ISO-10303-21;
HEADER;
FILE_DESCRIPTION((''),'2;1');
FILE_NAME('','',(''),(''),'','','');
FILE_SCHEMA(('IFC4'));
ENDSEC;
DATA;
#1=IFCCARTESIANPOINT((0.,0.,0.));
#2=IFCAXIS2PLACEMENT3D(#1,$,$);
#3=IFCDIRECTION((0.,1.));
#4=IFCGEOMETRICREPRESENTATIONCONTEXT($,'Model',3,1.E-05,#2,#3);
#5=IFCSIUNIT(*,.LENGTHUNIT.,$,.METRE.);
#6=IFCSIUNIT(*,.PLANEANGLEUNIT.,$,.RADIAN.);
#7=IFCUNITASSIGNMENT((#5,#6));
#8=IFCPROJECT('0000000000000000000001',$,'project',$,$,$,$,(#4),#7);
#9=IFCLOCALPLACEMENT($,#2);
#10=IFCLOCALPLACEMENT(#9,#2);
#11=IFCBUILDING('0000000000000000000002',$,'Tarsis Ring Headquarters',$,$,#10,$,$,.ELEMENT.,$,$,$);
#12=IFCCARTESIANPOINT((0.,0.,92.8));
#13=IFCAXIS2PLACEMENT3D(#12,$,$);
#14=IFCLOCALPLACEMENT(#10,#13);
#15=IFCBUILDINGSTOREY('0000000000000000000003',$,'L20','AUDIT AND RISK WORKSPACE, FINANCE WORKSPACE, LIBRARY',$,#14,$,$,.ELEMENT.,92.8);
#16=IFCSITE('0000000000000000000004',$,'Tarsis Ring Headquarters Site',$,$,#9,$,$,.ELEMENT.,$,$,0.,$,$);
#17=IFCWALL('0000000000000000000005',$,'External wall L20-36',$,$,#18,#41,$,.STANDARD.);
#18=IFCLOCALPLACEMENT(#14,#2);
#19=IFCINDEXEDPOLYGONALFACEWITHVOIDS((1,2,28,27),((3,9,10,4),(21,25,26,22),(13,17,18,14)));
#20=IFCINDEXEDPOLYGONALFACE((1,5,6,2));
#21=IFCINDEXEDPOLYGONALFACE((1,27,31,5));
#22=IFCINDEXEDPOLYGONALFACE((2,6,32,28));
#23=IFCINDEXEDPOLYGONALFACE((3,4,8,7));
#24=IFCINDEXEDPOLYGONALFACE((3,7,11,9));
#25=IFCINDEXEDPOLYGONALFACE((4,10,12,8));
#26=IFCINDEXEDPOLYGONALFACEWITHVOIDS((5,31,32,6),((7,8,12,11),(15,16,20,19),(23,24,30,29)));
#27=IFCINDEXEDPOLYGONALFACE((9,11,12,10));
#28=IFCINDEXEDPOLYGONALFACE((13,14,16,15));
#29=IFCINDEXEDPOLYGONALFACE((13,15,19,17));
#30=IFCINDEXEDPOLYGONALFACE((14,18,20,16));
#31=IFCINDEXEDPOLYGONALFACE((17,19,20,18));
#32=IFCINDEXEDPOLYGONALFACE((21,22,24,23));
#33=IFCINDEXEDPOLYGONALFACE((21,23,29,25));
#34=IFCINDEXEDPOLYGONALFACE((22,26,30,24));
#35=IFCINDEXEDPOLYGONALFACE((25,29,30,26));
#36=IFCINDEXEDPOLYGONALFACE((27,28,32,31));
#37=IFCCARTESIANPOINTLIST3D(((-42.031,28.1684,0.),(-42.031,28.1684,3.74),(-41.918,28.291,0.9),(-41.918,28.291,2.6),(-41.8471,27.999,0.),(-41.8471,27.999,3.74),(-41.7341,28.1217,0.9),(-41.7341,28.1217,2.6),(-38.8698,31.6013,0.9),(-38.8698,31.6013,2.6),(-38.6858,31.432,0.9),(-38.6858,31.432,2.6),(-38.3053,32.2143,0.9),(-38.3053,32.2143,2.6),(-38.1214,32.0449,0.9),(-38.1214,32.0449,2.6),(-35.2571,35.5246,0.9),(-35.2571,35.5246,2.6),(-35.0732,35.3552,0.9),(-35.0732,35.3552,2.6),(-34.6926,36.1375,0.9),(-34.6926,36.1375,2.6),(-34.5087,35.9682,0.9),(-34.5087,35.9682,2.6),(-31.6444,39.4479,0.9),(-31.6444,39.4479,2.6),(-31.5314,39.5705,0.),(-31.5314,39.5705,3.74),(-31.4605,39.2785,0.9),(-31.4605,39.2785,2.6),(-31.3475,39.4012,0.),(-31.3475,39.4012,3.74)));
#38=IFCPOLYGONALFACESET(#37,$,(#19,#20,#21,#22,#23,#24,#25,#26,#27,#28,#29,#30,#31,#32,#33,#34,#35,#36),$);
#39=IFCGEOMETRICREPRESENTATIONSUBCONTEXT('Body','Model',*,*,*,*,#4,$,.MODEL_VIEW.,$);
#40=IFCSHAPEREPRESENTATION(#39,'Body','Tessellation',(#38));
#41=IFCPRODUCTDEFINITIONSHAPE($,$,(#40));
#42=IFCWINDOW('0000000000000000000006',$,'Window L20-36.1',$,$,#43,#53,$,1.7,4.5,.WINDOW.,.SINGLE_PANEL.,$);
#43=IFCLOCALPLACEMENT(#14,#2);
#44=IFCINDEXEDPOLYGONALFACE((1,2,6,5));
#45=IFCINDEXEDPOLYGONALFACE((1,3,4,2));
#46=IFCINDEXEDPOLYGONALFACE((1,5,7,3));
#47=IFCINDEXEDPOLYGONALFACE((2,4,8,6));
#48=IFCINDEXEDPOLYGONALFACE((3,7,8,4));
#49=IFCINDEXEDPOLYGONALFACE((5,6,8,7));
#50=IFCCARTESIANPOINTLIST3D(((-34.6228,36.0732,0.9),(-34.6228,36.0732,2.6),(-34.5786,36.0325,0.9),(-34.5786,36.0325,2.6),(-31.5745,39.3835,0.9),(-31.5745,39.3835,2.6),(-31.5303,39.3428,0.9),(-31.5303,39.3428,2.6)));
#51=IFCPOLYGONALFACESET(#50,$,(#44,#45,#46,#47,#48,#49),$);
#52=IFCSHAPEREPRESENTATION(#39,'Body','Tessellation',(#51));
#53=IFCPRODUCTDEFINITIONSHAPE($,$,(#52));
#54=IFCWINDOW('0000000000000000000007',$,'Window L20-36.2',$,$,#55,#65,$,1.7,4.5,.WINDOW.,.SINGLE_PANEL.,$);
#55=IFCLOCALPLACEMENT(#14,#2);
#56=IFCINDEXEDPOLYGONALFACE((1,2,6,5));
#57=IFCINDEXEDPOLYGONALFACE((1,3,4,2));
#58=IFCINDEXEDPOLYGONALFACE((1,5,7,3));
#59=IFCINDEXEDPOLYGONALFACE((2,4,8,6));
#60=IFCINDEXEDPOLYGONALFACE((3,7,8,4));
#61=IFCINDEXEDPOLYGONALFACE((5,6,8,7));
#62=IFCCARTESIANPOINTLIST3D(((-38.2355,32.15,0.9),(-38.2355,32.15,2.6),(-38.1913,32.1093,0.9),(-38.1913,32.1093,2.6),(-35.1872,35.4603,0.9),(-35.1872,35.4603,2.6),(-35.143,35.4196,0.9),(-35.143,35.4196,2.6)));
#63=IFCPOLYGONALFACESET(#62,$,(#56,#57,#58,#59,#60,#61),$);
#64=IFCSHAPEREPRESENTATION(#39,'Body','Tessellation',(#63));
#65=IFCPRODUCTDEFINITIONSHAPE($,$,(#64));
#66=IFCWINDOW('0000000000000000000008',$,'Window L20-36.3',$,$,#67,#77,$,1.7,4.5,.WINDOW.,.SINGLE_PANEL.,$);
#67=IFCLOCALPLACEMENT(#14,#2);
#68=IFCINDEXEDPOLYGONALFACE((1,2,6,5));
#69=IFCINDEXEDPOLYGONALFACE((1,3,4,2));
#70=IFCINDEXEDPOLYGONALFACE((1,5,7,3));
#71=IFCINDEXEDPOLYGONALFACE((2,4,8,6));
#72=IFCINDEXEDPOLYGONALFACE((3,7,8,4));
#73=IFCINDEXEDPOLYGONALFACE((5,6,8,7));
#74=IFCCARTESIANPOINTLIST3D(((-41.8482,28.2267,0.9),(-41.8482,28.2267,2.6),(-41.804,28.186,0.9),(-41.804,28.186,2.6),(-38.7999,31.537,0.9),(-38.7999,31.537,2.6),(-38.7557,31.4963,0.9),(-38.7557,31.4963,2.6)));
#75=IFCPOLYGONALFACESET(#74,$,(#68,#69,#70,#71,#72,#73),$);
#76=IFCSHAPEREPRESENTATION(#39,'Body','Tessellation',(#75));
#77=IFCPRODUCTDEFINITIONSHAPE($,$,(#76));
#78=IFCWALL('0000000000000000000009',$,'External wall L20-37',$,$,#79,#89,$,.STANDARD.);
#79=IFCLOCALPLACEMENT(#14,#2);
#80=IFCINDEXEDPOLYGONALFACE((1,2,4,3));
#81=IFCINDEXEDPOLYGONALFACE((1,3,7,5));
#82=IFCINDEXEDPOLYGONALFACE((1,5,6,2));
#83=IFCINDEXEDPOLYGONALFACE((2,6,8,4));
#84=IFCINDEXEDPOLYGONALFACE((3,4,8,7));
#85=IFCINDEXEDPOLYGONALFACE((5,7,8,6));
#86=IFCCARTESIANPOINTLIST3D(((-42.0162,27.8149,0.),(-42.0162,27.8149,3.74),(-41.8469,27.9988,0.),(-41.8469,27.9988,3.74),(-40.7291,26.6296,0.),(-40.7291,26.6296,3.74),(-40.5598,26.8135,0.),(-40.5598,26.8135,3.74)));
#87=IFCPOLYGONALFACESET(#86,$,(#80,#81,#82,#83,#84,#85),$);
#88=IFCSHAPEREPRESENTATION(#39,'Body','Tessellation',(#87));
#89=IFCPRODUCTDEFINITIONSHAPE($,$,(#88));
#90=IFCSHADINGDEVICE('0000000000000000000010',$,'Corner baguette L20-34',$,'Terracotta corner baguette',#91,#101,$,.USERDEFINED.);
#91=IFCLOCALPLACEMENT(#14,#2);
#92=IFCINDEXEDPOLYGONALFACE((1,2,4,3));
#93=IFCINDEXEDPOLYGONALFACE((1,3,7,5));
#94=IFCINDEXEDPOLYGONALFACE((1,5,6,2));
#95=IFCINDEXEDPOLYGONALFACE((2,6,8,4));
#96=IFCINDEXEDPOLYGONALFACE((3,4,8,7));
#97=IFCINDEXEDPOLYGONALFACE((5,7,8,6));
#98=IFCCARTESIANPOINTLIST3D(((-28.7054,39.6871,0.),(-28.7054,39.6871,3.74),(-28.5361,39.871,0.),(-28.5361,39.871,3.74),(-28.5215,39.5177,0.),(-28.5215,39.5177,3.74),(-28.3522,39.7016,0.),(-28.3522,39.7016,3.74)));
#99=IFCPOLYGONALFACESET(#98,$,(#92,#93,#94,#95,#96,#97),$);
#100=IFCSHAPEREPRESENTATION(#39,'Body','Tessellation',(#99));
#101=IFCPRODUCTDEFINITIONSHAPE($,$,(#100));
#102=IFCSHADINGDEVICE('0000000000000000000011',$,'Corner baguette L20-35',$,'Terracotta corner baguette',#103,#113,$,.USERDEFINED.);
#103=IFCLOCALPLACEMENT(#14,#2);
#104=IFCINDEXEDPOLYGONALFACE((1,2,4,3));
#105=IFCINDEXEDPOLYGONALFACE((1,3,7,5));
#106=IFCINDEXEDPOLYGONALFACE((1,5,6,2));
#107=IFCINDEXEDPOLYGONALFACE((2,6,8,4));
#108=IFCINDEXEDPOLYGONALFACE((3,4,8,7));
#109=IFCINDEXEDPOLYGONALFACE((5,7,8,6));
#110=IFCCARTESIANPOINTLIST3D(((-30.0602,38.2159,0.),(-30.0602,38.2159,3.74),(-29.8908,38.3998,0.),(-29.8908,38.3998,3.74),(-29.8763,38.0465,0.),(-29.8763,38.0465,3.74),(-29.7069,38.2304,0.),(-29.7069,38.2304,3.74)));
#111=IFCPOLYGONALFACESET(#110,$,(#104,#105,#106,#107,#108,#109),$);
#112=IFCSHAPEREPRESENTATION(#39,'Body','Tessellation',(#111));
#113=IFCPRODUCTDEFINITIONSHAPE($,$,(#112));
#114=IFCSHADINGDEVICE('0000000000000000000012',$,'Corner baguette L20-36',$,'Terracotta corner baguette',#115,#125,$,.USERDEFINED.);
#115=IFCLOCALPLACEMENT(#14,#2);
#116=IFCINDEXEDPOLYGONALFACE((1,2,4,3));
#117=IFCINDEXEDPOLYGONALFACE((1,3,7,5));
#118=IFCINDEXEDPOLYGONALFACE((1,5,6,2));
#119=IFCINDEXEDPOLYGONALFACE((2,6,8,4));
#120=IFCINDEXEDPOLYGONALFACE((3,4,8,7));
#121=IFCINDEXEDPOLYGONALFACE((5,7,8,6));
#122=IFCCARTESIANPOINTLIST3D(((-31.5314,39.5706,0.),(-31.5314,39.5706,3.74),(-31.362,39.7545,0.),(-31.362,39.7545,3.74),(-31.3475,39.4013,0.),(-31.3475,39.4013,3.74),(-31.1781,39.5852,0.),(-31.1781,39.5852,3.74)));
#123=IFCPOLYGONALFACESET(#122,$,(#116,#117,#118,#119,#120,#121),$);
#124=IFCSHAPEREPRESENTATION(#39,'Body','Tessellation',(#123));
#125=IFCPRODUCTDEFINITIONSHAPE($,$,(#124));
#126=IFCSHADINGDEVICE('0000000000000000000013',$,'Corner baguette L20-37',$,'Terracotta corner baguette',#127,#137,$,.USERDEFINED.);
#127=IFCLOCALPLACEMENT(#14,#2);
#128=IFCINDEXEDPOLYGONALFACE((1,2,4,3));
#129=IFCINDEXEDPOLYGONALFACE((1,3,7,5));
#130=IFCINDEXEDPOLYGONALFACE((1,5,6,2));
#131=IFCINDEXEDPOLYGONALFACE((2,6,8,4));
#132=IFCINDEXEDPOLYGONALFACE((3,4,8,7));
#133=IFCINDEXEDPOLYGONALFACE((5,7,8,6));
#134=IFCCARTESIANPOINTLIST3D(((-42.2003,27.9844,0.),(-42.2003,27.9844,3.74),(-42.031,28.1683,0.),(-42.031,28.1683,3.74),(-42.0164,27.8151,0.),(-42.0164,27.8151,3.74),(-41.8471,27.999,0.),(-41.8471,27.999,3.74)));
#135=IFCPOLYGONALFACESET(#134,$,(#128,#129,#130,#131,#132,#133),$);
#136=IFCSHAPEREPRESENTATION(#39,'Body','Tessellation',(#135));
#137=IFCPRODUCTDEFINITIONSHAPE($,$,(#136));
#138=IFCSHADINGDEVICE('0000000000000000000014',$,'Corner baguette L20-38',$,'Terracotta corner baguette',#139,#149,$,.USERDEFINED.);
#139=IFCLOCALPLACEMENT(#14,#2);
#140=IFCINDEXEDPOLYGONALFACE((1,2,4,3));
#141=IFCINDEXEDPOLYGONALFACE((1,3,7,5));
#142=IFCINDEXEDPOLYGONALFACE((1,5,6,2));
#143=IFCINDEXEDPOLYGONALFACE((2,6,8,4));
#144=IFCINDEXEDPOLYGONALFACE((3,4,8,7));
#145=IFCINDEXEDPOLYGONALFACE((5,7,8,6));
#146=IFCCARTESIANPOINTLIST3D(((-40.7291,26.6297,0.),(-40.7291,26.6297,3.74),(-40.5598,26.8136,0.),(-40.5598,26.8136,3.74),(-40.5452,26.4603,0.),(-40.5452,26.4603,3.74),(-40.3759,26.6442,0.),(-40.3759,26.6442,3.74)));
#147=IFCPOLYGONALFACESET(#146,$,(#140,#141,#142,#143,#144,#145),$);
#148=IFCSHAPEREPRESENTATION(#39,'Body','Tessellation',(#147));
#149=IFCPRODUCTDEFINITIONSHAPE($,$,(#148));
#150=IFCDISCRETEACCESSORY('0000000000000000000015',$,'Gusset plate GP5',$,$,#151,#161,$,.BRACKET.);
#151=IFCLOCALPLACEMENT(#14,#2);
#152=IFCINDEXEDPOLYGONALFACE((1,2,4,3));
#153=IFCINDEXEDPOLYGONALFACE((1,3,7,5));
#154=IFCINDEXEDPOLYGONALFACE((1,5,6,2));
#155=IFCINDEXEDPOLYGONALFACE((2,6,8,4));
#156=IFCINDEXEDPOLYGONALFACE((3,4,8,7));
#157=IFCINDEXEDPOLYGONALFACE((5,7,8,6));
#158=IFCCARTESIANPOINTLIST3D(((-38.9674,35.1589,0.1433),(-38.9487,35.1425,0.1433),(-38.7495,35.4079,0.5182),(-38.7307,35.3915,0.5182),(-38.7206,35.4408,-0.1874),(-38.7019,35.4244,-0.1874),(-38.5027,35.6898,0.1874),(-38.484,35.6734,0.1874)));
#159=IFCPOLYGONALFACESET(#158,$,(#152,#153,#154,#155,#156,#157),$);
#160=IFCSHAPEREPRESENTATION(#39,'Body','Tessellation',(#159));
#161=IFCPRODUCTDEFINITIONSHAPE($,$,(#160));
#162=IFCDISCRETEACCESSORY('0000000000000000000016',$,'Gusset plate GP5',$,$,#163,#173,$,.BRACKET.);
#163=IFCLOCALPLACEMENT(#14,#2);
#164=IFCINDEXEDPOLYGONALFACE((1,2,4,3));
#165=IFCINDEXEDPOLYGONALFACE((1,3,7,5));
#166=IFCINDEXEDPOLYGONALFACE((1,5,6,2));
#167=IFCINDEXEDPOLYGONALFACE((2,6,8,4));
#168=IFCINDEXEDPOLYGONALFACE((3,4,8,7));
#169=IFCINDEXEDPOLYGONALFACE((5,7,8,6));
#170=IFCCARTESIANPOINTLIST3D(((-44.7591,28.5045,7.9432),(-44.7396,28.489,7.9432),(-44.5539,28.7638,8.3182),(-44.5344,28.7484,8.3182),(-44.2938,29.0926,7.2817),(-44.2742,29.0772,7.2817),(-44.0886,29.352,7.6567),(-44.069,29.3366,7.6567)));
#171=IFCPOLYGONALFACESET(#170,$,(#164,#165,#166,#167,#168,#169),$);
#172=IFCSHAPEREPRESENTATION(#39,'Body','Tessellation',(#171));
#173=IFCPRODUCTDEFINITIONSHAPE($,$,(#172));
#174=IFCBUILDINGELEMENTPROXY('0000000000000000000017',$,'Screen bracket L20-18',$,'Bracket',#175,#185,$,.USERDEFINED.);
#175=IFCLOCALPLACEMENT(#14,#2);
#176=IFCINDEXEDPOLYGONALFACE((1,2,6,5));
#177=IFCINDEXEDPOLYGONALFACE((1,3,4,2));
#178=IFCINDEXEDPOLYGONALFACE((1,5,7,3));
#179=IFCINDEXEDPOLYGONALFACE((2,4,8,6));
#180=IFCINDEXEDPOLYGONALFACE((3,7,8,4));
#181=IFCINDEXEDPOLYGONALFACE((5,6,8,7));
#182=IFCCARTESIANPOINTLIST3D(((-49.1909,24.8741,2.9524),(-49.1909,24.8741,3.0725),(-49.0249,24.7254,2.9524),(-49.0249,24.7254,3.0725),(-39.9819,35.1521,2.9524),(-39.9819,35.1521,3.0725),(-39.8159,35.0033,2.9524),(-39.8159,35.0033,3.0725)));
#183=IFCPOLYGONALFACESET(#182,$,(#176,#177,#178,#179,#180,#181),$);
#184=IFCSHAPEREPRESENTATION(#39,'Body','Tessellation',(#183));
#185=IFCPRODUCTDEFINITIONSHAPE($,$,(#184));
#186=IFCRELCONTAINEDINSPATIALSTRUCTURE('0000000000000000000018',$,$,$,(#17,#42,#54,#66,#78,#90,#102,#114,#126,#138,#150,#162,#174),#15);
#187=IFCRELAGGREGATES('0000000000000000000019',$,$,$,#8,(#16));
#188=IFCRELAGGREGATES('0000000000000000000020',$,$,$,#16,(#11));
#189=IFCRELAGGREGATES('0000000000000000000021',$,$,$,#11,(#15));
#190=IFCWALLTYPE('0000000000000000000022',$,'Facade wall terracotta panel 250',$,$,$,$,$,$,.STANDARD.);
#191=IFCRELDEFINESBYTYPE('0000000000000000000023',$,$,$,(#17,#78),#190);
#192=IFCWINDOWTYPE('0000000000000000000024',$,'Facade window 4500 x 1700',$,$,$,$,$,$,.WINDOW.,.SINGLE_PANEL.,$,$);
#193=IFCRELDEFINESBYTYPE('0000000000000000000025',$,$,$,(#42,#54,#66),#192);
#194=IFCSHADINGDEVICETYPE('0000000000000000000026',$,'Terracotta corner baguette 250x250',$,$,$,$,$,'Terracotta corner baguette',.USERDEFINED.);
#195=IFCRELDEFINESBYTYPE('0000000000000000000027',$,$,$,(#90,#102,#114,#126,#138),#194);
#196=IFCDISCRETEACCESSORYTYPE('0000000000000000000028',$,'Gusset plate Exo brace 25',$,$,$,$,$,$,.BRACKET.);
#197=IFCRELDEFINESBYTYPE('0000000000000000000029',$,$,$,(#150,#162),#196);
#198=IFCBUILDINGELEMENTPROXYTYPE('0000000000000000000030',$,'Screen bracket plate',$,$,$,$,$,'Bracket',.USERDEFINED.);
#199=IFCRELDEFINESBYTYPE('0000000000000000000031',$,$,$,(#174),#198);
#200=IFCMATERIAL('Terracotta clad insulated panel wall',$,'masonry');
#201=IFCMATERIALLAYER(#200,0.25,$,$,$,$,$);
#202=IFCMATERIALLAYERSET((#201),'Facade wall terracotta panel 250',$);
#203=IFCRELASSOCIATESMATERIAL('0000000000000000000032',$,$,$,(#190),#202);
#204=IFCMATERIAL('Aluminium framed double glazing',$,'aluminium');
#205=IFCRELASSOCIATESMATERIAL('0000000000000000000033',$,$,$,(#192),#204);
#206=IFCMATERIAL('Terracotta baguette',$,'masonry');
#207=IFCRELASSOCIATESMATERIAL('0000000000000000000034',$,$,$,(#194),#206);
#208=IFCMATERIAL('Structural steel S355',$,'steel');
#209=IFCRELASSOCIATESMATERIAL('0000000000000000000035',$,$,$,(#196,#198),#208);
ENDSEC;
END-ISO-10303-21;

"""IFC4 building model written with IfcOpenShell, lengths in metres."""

from ifc_helpers import new_model, si_unit, direction, frame, frame_2d, origin, origin_2d, place, context, subcontext, project, spatial, rectangle, extrude, material, layer, layer_set, material_profile, profile_set, type_object, element, fill, save


model = new_model("IFC4")

# Units and contexts
model_context = context("Model", 3, precision=1e-05, world=origin(), true_north=direction((0.0, 1.0)))
body_context = subcontext(model_context, "Body", "Model", "MODEL_VIEW")
ifc_project = project(units=[si_unit("LENGTHUNIT", "METRE"), si_unit("PLANEANGLEUNIT", "RADIAN")], contexts=[model_context])

# Site, building, storey
site_placement = place(None, origin())
site = spatial("IfcSite", under=ifc_project, at=site_placement, Name="Tarsis Ring Headquarters Site", CompositionType="ELEMENT", RefElevation=0.0)
building_placement = place(site_placement, origin())
building = spatial("IfcBuilding", under=site, at=building_placement, Name="Tarsis Ring Headquarters", CompositionType="ELEMENT")
storey_placement = place(building_placement, frame((0.0, 0.0, 92.8)))
storey = spatial("IfcBuildingStorey", under=building, at=storey_placement, Name="L20", Description="AUDIT AND RISK WORKSPACE, FINANCE WORKSPACE, LIBRARY", CompositionType="ELEMENT", Elevation=92.8)

# Shared definitions
ifc_material_1 = material(Name="Structural steel S355", Category="steel")

# Shared definitions
ifc_material_2 = material(Name="Terracotta clad insulated panel wall", Category="masonry")
ifc_layer = layer(ifc_material_2, 0.25)
ifc_layer_set = layer_set([ifc_layer], Name="Facade wall terracotta panel 250")
wall_type = type_object("IfcWallType", Name="Facade wall terracotta panel 250", PredefinedType="STANDARD", material=ifc_layer_set)

# Wall, openings, windows
wall_1_placement = place(storey_placement, frame((-31.4395, 39.4858, 0.0), z_axis=(0.0, 0.0, 1.0), x_axis=(-0.677391, -0.735623, 0.0)))
wall_1 = element("IfcWall", 1, at=wall_1_placement, inside=storey, type_object=wall_type, Name="External wall L20-36", PredefinedType="STANDARD", context=body_context, shape_type="SweptSolid", body=[
    extrude(rectangle(XDim=15.5, YDim=0.25, at=frame_2d((7.75, 0.0))), origin(), (0.0, 0.0, 1.0), 3.74),
])
opening_1_placement = place(wall_1_placement, frame((0.1667, 0.0, 0.8999)))
opening_1 = element("IfcOpeningElement", 2, at=opening_1_placement, cuts=wall_1, PredefinedType="OPENING", context=body_context, shape_type="SweptSolid", body=[
    extrude(rectangle(XDim=4.5, YDim=1.7, at=frame_2d((2.25, 0.8501))), frame((0.0, 0.135, 0.0), z_axis=(0.0, -1.0, 0.0), x_axis=(1.0, 0.0, 0.0)), (0.0, 0.0, 1.0), 0.27),
])
opening_2_placement = place(wall_1_placement, frame((5.5, 0.0, 0.8999)))
opening_2 = element("IfcOpeningElement", 3, at=opening_2_placement, cuts=wall_1, PredefinedType="OPENING", context=body_context, shape_type="SweptSolid", body=[
    extrude(rectangle(XDim=4.5, YDim=1.7, at=frame_2d((2.25, 0.8501))), frame((0.0, 0.135, 0.0), z_axis=(0.0, -1.0, 0.0), x_axis=(1.0, 0.0, 0.0)), (0.0, 0.0, 1.0), 0.27),
])
opening_3_placement = place(wall_1_placement, frame((10.8333, 0.0, 0.8999)))
opening_3 = element("IfcOpeningElement", 4, at=opening_3_placement, cuts=wall_1, PredefinedType="OPENING", context=body_context, shape_type="SweptSolid", body=[
    extrude(rectangle(XDim=4.5, YDim=1.7, at=frame_2d((2.25, 0.8501))), frame((0.0, 0.135, 0.0), z_axis=(0.0, -1.0, 0.0), x_axis=(1.0, 0.0, 0.0)), (0.0, 0.0, 1.0), 0.27),
])
ifc_material_3 = material(Name="Aluminium framed double glazing", Category="aluminium")
window_type = type_object("IfcWindowType", Name="Facade window 4500 x 1700", PartitioningType="SINGLE_PANEL", PredefinedType="WINDOW", material=ifc_material_3)
window_1_placement = place(opening_1_placement, origin())
window_1 = element("IfcWindow", 5, at=window_1_placement, inside=storey, type_object=window_type, Name="Window L20-36.1", OverallHeight=1.7, OverallWidth=4.5, PartitioningType="SINGLE_PANEL", PredefinedType="WINDOW", context=body_context, shape_type="SweptSolid", body=[
    extrude(rectangle(XDim=4.5, YDim=1.7, at=frame_2d((2.25, 0.8501))), frame((0.0, 0.03, 0.0), z_axis=(0.0, -1.0, 0.0), x_axis=(1.0, 0.0, 0.0)), (0.0, 0.0, 1.0), 0.0601),
])
fill(opening_1, window_1)
window_2_placement = place(opening_2_placement, origin())
window_2 = element("IfcWindow", 6, at=window_2_placement, inside=storey, type_object=window_type, Name="Window L20-36.2", OverallHeight=1.7, OverallWidth=4.5, PartitioningType="SINGLE_PANEL", PredefinedType="WINDOW", context=body_context, shape_type="SweptSolid", body=[
    extrude(rectangle(XDim=4.5, YDim=1.7, at=frame_2d((2.25, 0.8501))), frame((0.0, 0.03, 0.0), z_axis=(0.0, -1.0, 0.0), x_axis=(1.0, 0.0, 0.0)), (0.0, 0.0, 1.0), 0.0601),
])
fill(opening_2, window_2)
window_3_placement = place(opening_3_placement, origin())
window_3 = element("IfcWindow", 7, at=window_3_placement, inside=storey, type_object=window_type, Name="Window L20-36.3", OverallHeight=1.7, OverallWidth=4.5, PartitioningType="SINGLE_PANEL", PredefinedType="WINDOW", context=body_context, shape_type="SweptSolid", body=[
    extrude(rectangle(XDim=4.5, YDim=1.7, at=frame_2d((2.25, 0.8501))), frame((0.0, 0.03, 0.0), z_axis=(0.0, -1.0, 0.0), x_axis=(1.0, 0.0, 0.0)), (0.0, 0.0, 1.0), 0.0601),
])
fill(opening_3, window_3)

# Wall
wall_2_placement = place(storey_placement, frame((-41.9316, 27.907, 0.0), z_axis=(0.0, 0.0, 1.0), x_axis=(0.7356, -0.677416, 0.0)))
element("IfcWall", 8, at=wall_2_placement, inside=storey, type_object=wall_type, Name="External wall L20-37", PredefinedType="STANDARD", context=body_context, shape_type="SweptSolid", body=[
    extrude(rectangle(XDim=1.7498, YDim=0.25, at=frame_2d((0.875, 0.0))), origin(), (0.0, 0.0, 1.0), 3.74),
])

# Shading devices
ifc_material_4 = material(Name="Terracotta baguette", Category="masonry")
shading_device_type_1 = type_object("IfcShadingDeviceType", Name="Terracotta corner baguette 250x250", ElementType="Terracotta corner baguette", PredefinedType="USERDEFINED", material=ifc_material_4)
for number, where, z_axis, x_axis, name in (
    (9, (-28.5288, 39.6943, 0.0), (0.0, 0.0, 1.0), (-0.735624, 0.67739, 0.0), "Corner baguette L20-34"),
    (10, (-29.8835, 38.2231, 0.0), (0.0, 0.0, 1.0), (-0.67739, -0.735624, 0.0), "Corner baguette L20-35"),
    (11, (-31.3547, 39.5779, 0.0), (0.0, 0.0, 1.0), (-0.735625, 0.67739, 0.0), "Corner baguette L20-36"),
    (12, (-42.0237, 27.9917, 0.0), (0.0, 0.0, 1.0), (-0.67739, -0.735624, 0.0), "Corner baguette L20-37"),
    (13, (-40.5525, 26.637, 0.0), (0.0, 0.0, 1.0), (0.735624, -0.67739, 0.0), "Corner baguette L20-38"),
):
    element("IfcShadingDevice", number, at=place(storey_placement, frame(where, z_axis=z_axis, x_axis=x_axis)), inside=storey, type_object=shading_device_type_1, Name=name, ObjectType="Terracotta corner baguette", PredefinedType="USERDEFINED", context=body_context, shape_type="SweptSolid", body=[
        extrude(rectangle(XDim=0.25, YDim=0.25, at=origin_2d()), origin(), (0.0, 0.0, 1.0), 3.74),
    ])

# Discrete accessories
ifc_material_profile_1 = material_profile(ifc_material_1, rectangle(XDim=0.0249, YDim=0.5, at=origin_2d()), Name="PL 25x500")
ifc_profile_set_1 = profile_set([ifc_material_profile_1], Name="Structural steel S355")
discrete_accessory_type = type_object("IfcDiscreteAccessoryType", Name="Gusset plate Exo brace 25", PredefinedType="BRACKET", material=ifc_profile_set_1)
discrete_accessory_1_placement = place(storey_placement, frame((-38.6023, 35.5571, 0.0), z_axis=(-0.493778, -0.564108, 0.661789), x_axis=(0.752456, -0.658643, 0.0)))
element("IfcDiscreteAccessory", 14, at=discrete_accessory_1_placement, inside=storey, type_object=discrete_accessory_type, Name="Gusset plate GP5", PredefinedType="BRACKET", context=body_context, shape_type="SweptSolid", body=[
    extrude(rectangle(XDim=0.0249, YDim=0.5, at=origin_2d()), origin(), (0.0, 0.0, 1.0), 0.4998),
])
discrete_accessory_2_placement = place(storey_placement, frame((-44.1814, 29.2146, 7.4692), z_axis=(-0.465366, -0.588177, 0.661425), x_axis=(0.784224, -0.620478, 0.0)))
element("IfcDiscreteAccessory", 15, at=discrete_accessory_2_placement, inside=storey, type_object=discrete_accessory_type, Name="Gusset plate GP5", PredefinedType="BRACKET", context=body_context, shape_type="SweptSolid", body=[
    extrude(rectangle(XDim=0.0249, YDim=0.5, at=origin_2d()), origin(), (0.0, 0.0, 1.0), 1.0),
])

# Building element proxy
building_element_proxy_type = type_object("IfcBuildingElementProxyType", Name="Screen bracket plate", ElementType="Bracket", PredefinedType="USERDEFINED", material=ifc_material_1)
proxy_placement = place(storey_placement, frame((-44.5034, 29.9387, 2.9524), z_axis=(0.0, 0.0, 1.0), x_axis=(-0.667313, -0.744778, 0.0)))
element("IfcBuildingElementProxy", 16, at=proxy_placement, inside=storey, type_object=building_element_proxy_type, Name="Screen bracket L20-18", ObjectType="Bracket", PredefinedType="USERDEFINED", context=body_context, shape_type="SweptSolid", body=[
    extrude(rectangle(XDim=13.8, YDim=0.2229, at=origin_2d()), origin(), (0.0, 0.0, 1.0), 0.1201),
])

save(model, "model.ifc")
